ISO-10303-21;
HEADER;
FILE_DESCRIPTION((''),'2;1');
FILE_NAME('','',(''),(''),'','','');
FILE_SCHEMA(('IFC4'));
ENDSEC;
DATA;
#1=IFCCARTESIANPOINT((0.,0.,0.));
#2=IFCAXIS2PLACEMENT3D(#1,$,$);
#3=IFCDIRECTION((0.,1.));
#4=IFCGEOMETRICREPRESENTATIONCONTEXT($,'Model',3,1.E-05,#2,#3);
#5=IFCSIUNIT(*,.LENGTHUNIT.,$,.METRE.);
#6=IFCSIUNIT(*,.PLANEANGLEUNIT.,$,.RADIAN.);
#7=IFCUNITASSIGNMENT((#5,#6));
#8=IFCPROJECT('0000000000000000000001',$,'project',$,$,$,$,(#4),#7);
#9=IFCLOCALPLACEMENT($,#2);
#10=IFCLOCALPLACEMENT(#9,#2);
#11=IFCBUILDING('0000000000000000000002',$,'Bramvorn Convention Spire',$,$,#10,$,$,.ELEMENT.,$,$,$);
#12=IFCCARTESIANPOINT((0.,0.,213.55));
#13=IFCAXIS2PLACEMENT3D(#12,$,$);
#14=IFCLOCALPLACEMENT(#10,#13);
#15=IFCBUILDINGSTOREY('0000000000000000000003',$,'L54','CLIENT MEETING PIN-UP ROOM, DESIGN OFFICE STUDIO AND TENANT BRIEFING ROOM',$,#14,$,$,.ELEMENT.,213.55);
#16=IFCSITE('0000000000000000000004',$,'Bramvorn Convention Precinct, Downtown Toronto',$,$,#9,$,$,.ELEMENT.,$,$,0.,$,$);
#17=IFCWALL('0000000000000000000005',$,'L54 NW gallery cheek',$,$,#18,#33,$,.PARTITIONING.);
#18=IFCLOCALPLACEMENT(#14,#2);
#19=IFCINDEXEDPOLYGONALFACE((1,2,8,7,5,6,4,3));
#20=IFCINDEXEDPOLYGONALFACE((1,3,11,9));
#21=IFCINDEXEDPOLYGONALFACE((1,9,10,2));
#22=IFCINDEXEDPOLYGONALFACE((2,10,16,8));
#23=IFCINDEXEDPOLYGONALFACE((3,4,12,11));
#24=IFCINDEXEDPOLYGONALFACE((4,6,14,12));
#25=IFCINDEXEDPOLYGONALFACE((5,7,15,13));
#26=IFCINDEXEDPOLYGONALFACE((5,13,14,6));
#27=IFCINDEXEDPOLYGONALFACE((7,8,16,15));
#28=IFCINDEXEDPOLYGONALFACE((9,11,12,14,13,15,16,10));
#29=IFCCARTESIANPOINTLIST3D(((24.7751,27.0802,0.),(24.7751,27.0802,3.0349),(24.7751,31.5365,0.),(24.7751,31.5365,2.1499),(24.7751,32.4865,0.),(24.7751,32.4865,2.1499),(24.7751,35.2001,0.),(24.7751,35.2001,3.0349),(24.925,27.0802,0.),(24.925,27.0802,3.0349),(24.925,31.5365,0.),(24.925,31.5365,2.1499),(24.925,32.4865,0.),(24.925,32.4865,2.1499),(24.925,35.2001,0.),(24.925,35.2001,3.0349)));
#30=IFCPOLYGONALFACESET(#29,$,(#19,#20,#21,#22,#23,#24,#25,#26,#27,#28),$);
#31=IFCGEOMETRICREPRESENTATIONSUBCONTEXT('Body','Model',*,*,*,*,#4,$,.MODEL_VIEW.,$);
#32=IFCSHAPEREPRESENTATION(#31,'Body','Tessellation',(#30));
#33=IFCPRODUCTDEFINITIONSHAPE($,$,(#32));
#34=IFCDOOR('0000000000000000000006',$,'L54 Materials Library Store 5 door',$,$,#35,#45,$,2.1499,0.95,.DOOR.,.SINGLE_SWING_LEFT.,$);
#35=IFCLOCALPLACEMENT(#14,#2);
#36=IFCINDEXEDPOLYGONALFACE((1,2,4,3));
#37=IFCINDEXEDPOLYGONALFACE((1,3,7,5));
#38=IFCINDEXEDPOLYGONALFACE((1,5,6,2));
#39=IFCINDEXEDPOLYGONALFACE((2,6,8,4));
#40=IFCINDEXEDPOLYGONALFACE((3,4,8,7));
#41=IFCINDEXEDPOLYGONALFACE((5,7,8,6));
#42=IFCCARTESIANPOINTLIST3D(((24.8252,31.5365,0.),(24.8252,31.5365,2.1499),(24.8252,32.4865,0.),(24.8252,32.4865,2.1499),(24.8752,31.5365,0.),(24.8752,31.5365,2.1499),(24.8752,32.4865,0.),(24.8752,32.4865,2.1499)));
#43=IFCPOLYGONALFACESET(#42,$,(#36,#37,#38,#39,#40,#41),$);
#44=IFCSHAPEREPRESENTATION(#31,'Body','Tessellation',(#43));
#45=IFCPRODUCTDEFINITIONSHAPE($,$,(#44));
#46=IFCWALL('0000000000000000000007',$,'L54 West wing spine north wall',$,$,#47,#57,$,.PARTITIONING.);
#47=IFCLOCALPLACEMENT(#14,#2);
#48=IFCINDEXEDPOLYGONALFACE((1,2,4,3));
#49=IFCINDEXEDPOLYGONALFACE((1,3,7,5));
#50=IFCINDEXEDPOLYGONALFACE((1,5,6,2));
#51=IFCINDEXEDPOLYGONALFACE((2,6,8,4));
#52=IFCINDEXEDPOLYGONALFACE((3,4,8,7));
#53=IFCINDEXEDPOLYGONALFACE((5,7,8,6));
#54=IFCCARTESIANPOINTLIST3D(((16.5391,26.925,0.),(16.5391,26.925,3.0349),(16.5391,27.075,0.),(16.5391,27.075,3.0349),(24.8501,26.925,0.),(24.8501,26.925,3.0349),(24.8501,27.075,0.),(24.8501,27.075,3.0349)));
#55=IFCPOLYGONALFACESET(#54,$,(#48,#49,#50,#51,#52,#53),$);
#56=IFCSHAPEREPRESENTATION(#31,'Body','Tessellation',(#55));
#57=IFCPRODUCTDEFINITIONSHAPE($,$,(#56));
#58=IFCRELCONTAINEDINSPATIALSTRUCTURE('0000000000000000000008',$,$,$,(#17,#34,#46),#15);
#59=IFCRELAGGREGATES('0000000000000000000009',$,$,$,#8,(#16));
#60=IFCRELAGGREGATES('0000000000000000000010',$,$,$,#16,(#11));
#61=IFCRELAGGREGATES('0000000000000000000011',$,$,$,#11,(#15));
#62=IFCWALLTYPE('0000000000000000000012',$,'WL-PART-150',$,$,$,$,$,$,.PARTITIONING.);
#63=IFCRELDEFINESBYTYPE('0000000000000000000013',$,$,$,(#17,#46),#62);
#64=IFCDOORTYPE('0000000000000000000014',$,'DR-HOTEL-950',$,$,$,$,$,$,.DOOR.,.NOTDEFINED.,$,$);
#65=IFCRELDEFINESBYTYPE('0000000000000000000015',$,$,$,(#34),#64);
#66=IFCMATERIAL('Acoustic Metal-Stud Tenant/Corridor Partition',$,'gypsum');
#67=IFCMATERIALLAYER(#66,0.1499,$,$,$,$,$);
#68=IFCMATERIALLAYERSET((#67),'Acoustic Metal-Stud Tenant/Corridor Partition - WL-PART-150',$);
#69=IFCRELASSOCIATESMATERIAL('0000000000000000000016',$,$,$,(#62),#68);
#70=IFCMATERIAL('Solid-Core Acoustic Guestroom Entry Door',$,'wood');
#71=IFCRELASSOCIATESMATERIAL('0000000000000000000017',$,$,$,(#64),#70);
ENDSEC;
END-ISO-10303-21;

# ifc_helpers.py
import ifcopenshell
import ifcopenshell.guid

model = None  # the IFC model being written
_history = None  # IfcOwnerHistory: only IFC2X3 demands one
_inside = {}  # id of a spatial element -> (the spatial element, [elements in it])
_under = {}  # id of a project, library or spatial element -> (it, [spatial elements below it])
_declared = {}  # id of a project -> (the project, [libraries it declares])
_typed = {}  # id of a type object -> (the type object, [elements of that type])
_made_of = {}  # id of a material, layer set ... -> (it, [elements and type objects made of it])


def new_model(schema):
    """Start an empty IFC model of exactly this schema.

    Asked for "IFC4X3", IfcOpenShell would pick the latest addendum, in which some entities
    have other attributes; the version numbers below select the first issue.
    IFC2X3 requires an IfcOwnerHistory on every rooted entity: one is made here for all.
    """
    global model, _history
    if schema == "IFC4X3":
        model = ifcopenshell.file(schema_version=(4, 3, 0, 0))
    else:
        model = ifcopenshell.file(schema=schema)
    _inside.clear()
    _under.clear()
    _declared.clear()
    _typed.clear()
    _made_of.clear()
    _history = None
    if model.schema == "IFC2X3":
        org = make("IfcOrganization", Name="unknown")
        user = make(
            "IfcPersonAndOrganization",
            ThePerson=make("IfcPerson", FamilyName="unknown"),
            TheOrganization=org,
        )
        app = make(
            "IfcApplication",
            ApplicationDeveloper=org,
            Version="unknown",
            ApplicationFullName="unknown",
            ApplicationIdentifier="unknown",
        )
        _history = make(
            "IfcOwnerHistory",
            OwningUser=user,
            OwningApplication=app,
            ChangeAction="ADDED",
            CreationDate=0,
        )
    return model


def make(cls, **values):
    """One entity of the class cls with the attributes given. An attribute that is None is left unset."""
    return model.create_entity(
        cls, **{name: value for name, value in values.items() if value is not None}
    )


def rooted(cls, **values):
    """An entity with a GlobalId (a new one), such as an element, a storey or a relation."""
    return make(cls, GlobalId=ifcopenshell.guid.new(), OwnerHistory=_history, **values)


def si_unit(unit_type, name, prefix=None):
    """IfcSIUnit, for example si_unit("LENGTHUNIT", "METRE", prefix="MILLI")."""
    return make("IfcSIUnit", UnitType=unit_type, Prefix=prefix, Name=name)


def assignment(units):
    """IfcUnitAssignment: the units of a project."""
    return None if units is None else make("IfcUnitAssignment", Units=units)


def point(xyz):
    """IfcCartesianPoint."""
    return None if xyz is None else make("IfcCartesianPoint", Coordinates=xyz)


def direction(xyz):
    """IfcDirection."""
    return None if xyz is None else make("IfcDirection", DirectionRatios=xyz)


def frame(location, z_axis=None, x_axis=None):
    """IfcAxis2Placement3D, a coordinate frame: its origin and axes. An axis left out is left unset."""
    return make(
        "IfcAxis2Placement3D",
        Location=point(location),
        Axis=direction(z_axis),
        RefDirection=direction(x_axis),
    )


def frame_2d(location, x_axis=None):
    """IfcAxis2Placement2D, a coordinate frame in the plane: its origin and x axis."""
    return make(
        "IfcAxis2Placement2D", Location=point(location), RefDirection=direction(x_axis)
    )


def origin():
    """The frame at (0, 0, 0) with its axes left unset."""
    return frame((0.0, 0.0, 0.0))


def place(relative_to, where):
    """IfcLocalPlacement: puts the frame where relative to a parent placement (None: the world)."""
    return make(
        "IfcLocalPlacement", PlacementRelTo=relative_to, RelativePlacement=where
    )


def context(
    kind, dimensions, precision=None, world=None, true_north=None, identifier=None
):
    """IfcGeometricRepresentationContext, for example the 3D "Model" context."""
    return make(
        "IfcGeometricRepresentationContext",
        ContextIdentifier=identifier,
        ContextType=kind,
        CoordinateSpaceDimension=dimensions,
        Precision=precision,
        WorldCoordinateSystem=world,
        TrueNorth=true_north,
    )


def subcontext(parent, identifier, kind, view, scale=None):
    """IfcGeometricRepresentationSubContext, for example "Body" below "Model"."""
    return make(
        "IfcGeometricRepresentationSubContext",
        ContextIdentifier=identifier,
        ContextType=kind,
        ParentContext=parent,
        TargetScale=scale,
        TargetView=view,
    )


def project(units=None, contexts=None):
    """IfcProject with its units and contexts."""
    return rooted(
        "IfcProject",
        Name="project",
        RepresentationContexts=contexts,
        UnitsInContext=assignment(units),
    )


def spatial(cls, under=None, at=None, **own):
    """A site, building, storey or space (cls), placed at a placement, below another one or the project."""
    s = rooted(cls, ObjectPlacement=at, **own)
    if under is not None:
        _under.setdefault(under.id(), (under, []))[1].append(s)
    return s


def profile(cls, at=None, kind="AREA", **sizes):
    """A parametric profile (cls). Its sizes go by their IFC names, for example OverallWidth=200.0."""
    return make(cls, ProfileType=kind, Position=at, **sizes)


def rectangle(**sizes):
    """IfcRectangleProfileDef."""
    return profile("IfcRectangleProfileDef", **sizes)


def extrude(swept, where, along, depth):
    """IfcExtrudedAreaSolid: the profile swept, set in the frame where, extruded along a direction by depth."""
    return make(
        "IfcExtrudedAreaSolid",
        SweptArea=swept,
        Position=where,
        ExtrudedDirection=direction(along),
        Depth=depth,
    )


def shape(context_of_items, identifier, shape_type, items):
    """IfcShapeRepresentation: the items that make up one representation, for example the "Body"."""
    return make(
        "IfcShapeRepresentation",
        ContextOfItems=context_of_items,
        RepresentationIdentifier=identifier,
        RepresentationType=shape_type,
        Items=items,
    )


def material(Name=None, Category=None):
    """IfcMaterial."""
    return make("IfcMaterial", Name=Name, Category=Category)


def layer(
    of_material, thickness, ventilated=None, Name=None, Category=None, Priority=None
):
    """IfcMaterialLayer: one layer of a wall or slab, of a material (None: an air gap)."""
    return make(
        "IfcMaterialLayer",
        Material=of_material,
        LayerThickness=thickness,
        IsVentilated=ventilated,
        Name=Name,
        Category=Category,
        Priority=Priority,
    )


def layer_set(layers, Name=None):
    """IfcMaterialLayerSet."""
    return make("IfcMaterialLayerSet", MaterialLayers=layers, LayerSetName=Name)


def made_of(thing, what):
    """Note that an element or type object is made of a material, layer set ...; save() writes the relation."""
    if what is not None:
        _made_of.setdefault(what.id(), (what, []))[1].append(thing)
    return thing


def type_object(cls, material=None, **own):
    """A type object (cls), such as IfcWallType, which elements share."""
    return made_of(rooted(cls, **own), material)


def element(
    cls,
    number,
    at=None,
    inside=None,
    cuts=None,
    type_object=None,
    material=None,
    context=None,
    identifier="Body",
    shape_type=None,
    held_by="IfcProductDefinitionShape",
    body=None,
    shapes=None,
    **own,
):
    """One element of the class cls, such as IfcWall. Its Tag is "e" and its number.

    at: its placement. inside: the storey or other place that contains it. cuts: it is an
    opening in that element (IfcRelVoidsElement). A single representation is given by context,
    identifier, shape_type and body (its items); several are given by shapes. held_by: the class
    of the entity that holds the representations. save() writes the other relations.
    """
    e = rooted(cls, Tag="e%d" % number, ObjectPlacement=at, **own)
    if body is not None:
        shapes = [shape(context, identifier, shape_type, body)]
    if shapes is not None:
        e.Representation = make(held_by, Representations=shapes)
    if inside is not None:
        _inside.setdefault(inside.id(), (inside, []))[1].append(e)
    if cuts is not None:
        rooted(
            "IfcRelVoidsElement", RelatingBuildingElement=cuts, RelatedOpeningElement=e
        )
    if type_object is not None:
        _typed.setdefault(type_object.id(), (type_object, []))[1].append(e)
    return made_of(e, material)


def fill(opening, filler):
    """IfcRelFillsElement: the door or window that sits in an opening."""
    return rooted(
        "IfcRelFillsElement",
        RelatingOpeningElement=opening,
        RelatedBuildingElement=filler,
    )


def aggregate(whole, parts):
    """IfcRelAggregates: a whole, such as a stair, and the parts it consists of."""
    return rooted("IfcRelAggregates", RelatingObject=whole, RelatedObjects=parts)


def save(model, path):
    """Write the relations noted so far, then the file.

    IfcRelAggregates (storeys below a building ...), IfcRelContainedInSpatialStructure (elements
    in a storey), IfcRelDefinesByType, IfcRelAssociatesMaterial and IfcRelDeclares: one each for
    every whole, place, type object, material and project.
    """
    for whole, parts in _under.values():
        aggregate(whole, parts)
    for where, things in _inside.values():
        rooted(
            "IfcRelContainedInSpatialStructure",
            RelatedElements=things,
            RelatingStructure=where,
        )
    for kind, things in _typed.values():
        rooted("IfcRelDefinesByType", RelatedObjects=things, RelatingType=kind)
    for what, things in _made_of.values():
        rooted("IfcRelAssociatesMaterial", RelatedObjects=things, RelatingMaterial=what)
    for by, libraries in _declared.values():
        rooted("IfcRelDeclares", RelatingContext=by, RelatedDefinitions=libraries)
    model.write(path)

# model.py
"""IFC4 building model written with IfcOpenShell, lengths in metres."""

from ifc_helpers import new_model, si_unit, direction, frame, frame_2d, origin, place, context, subcontext, project, spatial, rectangle, extrude, material, layer, layer_set, type_object, element, fill, save


model = new_model("IFC4")

# Units and contexts
model_context = context("Model", 3, precision=1e-05, world=origin(), true_north=direction((0.0, 1.0)))
body_context = subcontext(model_context, "Body", "Model", "MODEL_VIEW")
ifc_project = project(units=[si_unit("LENGTHUNIT", "METRE"), si_unit("PLANEANGLEUNIT", "RADIAN")], contexts=[model_context])

# Site, building, storey
site_placement = place(None, origin())
site = spatial("IfcSite", under=ifc_project, at=site_placement, Name="Bramvorn Convention Precinct, Downtown Toronto", CompositionType="ELEMENT", RefElevation=0.0)
building_placement = place(site_placement, origin())
building = spatial("IfcBuilding", under=site, at=building_placement, Name="Bramvorn Convention Spire", CompositionType="ELEMENT")
storey_placement = place(building_placement, frame((0.0, 0.0, 213.55)))
storey = spatial("IfcBuildingStorey", under=building, at=storey_placement, Name="L54", Description="CLIENT MEETING PIN-UP ROOM, DESIGN OFFICE STUDIO AND TENANT BRIEFING ROOM", CompositionType="ELEMENT", Elevation=213.55)

# Shared definitions
ifc_material_1 = material(Name="Acoustic Metal-Stud Tenant/Corridor Partition", Category="gypsum")
ifc_layer_1 = layer(ifc_material_1, 0.1499)
ifc_layer_set_1 = layer_set([ifc_layer_1], Name="Acoustic Metal-Stud Tenant/Corridor Partition - WL-PART-150")
wall_type_1 = type_object("IfcWallType", Name="WL-PART-150", PredefinedType="PARTITIONING", material=ifc_layer_set_1)
ifc_material_2 = material(Name="Solid-Core Acoustic Guestroom Entry Door", Category="wood")
door_type_1 = type_object("IfcDoorType", Name="DR-HOTEL-950", OperationType="NOTDEFINED", PredefinedType="DOOR", material=ifc_material_2)

# Wall, opening, door
wall_1_placement = place(storey_placement, frame((24.8501, 27.0801, 0.0), z_axis=(0.0, 0.0, 1.0), x_axis=(0.0, 1.0, 0.0)))
wall_1 = element("IfcWall", 1, at=wall_1_placement, inside=storey, type_object=wall_type_1, Name="L54 NW gallery cheek", PredefinedType="PARTITIONING", context=body_context, shape_type="SweptSolid", body=[
    extrude(rectangle(XDim=8.1199, YDim=0.1499, at=frame_2d((4.0601, 0.0))), origin(), (0.0, 0.0, 1.0), 3.0349),
])
opening_1_placement = place(wall_1_placement, frame((4.4563, 0.0, 0.0)))
opening_1 = element("IfcOpeningElement", 2, at=opening_1_placement, cuts=wall_1, PredefinedType="OPENING", context=body_context, shape_type="SweptSolid", body=[
    extrude(rectangle(XDim=0.95, YDim=2.1499, at=frame_2d((0.4751, 1.075))), frame((0.0, 0.085, 0.0), z_axis=(0.0, -1.0, 0.0), x_axis=(1.0, 0.0, 0.0)), (0.0, 0.0, 1.0), 0.1699),
])
door_1_placement = place(opening_1_placement, origin())
door_1 = element("IfcDoor", 3, at=door_1_placement, inside=storey, type_object=door_type_1, Name="L54 Materials Library Store 5 door", OperationType="SINGLE_SWING_LEFT", OverallHeight=2.1499, OverallWidth=0.95, PredefinedType="DOOR", context=body_context, shape_type="SweptSolid", body=[
    extrude(rectangle(XDim=0.95, YDim=2.1499, at=frame_2d((0.4751, 1.075))), frame((0.0, 0.0249, 0.0), z_axis=(0.0, -1.0, 0.0), x_axis=(1.0, 0.0, 0.0)), (0.0, 0.0, 1.0), 0.05),
])
fill(opening_1, door_1)

# Wall
wall_2_placement = place(storey_placement, frame((16.5391, 27.0, 0.0), z_axis=(0.0, 0.0, 1.0), x_axis=(1.0, 0.0, 0.0)))
element("IfcWall", 4, at=wall_2_placement, inside=storey, type_object=wall_type_1, Name="L54 West wing spine north wall", PredefinedType="PARTITIONING", context=body_context, shape_type="SweptSolid", body=[
    extrude(rectangle(XDim=8.311, YDim=0.1499, at=frame_2d((4.1555, 0.0))), origin(), (0.0, 0.0, 1.0), 3.0349),
])

save(model, "model.ifc")
